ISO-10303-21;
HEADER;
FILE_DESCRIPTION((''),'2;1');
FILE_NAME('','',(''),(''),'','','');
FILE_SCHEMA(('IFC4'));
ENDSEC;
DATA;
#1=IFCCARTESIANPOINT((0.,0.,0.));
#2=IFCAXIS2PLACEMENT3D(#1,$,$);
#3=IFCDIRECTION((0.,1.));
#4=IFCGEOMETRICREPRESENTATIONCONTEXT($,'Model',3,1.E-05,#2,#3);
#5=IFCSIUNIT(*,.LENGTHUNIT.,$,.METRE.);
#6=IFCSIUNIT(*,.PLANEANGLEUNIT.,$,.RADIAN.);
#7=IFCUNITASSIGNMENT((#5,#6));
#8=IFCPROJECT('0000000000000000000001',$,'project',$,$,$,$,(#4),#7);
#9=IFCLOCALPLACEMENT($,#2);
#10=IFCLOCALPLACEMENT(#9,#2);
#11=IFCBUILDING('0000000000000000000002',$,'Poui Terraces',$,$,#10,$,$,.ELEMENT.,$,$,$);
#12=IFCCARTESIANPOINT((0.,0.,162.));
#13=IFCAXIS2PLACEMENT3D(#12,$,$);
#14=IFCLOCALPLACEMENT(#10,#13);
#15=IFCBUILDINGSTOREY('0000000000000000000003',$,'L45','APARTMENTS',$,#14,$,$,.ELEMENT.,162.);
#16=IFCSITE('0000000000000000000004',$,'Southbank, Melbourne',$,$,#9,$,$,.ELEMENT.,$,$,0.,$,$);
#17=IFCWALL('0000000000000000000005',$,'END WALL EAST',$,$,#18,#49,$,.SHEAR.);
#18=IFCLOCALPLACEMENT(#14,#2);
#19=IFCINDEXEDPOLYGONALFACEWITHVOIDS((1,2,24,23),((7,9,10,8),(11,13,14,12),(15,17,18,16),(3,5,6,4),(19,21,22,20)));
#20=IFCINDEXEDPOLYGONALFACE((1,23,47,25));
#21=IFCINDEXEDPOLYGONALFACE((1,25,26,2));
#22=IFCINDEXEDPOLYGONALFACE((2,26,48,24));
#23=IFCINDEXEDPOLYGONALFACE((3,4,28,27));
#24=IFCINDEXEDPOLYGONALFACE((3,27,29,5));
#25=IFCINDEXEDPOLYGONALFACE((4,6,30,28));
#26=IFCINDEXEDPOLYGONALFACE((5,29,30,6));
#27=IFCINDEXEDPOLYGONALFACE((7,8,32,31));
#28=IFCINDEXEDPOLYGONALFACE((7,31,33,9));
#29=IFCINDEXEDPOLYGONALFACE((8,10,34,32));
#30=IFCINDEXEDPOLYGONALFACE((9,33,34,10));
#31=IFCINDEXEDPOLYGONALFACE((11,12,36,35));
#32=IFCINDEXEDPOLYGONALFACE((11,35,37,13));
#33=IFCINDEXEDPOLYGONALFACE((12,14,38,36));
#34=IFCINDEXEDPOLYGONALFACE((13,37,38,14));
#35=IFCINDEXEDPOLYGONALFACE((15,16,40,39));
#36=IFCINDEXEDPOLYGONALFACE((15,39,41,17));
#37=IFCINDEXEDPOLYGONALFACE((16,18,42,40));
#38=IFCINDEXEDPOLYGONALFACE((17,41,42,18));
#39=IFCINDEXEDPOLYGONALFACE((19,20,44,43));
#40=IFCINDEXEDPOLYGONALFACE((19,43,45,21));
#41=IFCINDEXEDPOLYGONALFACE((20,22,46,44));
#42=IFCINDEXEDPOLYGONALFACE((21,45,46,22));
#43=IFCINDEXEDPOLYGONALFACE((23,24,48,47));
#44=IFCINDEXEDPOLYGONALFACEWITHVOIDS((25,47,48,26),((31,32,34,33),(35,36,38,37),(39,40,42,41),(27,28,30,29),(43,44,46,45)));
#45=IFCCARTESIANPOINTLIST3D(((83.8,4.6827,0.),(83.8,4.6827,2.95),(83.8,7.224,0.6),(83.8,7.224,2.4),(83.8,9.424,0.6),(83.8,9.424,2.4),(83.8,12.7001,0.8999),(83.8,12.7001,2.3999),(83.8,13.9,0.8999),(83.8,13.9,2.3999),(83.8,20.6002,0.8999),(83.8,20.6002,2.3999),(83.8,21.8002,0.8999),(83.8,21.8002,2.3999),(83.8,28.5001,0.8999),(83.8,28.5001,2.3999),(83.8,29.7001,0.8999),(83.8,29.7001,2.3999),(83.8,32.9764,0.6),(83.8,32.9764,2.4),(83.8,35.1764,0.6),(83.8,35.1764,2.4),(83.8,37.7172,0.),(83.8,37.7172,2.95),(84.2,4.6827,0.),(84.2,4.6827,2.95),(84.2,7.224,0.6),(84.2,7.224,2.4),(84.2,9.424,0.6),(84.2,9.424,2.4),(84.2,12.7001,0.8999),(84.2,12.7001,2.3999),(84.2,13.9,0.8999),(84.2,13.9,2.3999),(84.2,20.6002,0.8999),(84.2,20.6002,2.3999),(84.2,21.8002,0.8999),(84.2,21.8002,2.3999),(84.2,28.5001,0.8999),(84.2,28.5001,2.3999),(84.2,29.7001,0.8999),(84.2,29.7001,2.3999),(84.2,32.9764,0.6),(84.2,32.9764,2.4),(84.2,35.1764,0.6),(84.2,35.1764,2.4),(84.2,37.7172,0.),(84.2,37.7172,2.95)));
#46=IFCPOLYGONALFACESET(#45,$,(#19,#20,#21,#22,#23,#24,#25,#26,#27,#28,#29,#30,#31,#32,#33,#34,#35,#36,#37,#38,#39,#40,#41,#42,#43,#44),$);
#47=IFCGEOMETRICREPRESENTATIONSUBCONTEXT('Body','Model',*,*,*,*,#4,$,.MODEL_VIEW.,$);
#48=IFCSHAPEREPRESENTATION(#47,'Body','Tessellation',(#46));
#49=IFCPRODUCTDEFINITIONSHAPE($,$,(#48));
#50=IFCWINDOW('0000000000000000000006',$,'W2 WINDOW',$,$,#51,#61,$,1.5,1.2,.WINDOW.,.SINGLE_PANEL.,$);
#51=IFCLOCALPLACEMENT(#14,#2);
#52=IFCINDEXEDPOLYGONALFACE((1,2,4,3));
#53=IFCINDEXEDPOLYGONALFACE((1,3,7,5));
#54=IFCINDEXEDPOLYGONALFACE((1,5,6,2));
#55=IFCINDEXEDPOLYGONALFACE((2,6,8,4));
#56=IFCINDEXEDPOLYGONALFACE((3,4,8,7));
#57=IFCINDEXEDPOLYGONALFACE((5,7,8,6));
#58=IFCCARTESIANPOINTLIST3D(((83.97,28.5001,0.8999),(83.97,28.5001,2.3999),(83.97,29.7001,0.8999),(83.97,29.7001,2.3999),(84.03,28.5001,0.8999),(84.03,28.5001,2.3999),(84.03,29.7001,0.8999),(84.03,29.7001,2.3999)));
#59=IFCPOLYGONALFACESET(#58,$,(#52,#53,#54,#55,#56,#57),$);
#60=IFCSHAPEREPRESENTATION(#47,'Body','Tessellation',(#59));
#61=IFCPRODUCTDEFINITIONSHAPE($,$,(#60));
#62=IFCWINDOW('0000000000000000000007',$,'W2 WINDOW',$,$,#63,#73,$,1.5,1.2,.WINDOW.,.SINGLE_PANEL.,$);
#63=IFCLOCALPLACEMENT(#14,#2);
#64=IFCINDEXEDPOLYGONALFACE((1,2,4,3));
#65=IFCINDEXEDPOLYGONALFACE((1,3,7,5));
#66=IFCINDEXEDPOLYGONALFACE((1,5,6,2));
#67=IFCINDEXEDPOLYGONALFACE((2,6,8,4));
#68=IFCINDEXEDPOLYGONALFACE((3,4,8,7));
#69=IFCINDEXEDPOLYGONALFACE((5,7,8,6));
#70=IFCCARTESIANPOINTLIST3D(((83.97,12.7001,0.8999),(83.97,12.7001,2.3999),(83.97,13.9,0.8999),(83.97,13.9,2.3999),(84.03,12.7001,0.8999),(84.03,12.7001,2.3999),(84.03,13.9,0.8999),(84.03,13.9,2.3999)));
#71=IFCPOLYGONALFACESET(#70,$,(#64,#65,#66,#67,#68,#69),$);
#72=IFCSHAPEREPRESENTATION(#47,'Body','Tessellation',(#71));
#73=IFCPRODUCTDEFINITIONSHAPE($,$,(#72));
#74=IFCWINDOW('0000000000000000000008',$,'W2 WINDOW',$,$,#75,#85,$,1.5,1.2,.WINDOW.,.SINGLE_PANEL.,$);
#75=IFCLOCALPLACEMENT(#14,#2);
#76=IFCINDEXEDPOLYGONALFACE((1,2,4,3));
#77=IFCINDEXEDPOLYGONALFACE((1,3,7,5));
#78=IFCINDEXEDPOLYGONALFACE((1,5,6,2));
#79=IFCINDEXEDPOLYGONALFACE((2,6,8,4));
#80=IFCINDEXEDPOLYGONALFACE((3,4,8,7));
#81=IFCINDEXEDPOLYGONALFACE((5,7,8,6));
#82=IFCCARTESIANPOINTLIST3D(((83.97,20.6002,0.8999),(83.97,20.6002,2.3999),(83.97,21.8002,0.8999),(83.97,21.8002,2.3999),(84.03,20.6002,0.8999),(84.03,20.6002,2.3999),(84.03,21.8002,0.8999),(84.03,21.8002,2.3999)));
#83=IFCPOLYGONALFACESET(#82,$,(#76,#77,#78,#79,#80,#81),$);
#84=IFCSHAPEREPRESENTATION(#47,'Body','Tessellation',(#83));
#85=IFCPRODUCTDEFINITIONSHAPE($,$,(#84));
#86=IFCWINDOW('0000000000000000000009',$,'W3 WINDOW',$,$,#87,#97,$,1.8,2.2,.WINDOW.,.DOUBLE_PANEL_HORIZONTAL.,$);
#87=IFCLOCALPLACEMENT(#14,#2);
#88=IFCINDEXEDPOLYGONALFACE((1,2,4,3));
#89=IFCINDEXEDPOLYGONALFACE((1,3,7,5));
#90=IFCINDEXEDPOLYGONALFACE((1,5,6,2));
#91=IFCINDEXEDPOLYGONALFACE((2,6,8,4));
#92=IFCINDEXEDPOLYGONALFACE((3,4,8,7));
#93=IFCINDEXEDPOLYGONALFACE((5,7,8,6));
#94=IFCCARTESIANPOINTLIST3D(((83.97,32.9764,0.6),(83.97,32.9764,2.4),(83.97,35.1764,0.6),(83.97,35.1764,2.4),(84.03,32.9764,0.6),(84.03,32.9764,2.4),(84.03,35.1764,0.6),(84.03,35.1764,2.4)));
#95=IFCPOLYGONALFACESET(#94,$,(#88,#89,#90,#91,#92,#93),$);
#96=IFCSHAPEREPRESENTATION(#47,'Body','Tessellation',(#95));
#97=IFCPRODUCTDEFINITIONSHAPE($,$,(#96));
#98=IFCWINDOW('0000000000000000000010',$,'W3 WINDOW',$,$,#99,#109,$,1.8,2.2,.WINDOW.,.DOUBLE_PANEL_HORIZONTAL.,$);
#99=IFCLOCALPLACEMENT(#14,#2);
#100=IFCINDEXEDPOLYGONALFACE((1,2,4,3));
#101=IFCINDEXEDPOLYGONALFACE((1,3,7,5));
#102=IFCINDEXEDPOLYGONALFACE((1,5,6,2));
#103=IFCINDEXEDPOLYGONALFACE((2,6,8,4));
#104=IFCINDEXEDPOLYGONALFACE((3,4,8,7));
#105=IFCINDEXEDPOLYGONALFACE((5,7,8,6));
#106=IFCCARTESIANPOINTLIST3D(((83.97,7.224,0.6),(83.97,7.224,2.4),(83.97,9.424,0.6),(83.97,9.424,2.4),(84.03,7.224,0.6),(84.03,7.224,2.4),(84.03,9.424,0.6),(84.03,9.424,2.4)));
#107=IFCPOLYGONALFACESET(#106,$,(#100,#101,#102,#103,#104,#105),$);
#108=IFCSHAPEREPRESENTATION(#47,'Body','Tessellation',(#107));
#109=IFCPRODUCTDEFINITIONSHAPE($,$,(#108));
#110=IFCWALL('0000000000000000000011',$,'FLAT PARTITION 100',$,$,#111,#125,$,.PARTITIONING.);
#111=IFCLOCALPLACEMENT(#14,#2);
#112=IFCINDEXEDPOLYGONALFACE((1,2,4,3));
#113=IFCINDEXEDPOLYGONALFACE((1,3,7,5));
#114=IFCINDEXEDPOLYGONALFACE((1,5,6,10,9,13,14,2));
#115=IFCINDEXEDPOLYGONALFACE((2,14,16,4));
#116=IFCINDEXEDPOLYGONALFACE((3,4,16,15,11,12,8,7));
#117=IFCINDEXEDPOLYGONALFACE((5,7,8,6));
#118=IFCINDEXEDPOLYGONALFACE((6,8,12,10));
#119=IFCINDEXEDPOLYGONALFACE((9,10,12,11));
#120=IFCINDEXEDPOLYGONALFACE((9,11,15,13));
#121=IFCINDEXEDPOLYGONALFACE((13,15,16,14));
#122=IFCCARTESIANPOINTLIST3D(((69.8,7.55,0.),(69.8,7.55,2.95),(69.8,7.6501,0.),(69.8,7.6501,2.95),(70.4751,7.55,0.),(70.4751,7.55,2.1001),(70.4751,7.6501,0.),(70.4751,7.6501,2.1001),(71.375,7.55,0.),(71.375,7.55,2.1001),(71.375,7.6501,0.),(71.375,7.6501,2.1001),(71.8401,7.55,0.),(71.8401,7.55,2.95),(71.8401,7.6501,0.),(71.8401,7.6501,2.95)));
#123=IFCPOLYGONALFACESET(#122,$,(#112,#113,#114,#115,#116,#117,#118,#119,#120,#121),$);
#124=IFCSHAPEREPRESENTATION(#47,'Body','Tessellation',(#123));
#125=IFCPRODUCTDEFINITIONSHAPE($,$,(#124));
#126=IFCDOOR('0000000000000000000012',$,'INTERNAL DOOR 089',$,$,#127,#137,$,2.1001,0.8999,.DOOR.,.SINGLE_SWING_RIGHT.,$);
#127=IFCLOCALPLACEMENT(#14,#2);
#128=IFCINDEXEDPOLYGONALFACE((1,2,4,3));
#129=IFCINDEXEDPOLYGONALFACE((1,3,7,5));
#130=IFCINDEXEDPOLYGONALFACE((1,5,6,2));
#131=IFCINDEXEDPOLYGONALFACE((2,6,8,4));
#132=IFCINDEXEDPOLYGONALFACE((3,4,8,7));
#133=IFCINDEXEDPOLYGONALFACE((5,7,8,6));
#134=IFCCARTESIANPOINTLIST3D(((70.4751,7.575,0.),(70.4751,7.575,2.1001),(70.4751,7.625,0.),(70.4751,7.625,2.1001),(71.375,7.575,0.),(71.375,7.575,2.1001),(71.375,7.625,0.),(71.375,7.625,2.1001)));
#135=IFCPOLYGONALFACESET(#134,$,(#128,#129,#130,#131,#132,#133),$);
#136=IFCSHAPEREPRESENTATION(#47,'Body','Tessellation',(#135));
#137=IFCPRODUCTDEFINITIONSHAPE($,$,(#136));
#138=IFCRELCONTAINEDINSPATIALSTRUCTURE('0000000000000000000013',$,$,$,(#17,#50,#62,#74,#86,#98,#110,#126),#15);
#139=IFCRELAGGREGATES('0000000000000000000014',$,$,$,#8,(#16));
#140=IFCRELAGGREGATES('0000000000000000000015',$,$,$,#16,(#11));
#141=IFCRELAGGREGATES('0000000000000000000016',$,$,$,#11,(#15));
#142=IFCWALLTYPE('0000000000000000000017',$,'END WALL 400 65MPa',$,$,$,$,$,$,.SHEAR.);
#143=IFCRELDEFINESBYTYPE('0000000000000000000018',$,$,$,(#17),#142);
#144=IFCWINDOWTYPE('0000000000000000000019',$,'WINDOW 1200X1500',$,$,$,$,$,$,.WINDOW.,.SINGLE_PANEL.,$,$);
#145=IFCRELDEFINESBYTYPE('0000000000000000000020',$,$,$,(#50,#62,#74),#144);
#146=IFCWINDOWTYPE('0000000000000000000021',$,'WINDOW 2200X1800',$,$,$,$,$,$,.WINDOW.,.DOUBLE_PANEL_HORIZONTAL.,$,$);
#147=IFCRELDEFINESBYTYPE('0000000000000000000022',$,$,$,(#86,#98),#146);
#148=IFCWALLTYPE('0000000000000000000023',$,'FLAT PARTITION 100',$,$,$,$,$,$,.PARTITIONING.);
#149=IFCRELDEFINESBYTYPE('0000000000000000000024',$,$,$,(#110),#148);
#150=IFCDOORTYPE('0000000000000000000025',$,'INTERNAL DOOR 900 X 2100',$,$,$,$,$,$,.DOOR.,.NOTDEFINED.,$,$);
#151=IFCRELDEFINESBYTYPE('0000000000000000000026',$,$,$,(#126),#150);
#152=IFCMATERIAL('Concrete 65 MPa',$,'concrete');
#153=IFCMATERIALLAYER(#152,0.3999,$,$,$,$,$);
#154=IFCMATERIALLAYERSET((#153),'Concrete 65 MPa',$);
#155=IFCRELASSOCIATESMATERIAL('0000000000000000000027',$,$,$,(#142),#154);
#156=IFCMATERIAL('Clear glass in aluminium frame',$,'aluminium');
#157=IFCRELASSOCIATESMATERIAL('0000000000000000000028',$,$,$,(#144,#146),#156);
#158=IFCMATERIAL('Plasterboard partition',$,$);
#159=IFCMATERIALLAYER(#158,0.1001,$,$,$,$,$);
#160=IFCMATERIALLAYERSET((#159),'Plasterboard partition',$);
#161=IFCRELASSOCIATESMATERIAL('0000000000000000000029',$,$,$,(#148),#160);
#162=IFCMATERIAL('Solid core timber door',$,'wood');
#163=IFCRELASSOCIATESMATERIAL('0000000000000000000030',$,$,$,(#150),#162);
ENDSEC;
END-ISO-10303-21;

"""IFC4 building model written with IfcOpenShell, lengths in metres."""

from ifc_helpers import new_model, si_unit, direction, frame, frame_2d, origin, place, context, subcontext, project, spatial, rectangle, extrude, material, layer, layer_set, type_object, element, fill, save


model = new_model("IFC4")

# Units and contexts
model_context = context("Model", 3, precision=1e-05, world=origin(), true_north=direction((0.0, 1.0)))
body_context = subcontext(model_context, "Body", "Model", "MODEL_VIEW")
ifc_project = project(units=[si_unit("LENGTHUNIT", "METRE"), si_unit("PLANEANGLEUNIT", "RADIAN")], contexts=[model_context])

# Site, building, storey
site_placement = place(None, origin())
site = spatial("IfcSite", under=ifc_project, at=site_placement, Name="Southbank, Melbourne", CompositionType="ELEMENT", RefElevation=0.0)
building_placement = place(site_placement, origin())
building = spatial("IfcBuilding", under=site, at=building_placement, Name="Poui Terraces", CompositionType="ELEMENT")
storey_placement = place(building_placement, frame((0.0, 0.0, 162.0)))
storey = spatial("IfcBuildingStorey", under=building, at=storey_placement, Name="L45", Description="APARTMENTS", CompositionType="ELEMENT", Elevation=162.0)

# Shared definitions
ifc_material_1 = material(Name="Concrete 65 MPa", Category="concrete")

# Wall, openings, windows
ifc_layer_1 = layer(ifc_material_1, 0.3999)
ifc_layer_set_1 = layer_set([ifc_layer_1], Name="Concrete 65 MPa")
wall_type_1 = type_object("IfcWallType", Name="END WALL 400 65MPa", PredefinedType="SHEAR", material=ifc_layer_set_1)
wall_1_placement = place(storey_placement, frame((84.0, 4.6829, 0.0), z_axis=(0.0, 0.0, 1.0), x_axis=(0.0, 1.0, 0.0)))
wall_1 = element("IfcWall", 1, at=wall_1_placement, inside=storey, type_object=wall_type_1, Name="END WALL EAST", PredefinedType="SHEAR", context=body_context, shape_type="SweptSolid", body=[
    extrude(rectangle(XDim=33.0344, YDim=0.3999, at=frame_2d((16.5171, 0.0))), origin(), (0.0, 0.0, 1.0), 2.95),
])
opening_1_placement = place(wall_1_placement, frame((23.8171, 0.0, 0.8999)))
opening_1 = element("IfcOpeningElement", 2, at=opening_1_placement, cuts=wall_1, PredefinedType="OPENING", context=body_context, shape_type="SweptSolid", body=[
    extrude(rectangle(XDim=1.2, YDim=1.5, at=frame_2d((0.6001, 0.75))), frame((0.0, 0.21, 0.0), z_axis=(0.0, -1.0, 0.0), x_axis=(1.0, 0.0, 0.0)), (0.0, 0.0, 1.0), 0.4199),
])
opening_2_placement = place(wall_1_placement, frame((8.0171, 0.0, 0.8999)))
opening_2 = element("IfcOpeningElement", 3, at=opening_2_placement, cuts=wall_1, PredefinedType="OPENING", context=body_context, shape_type="SweptSolid", body=[
    extrude(rectangle(XDim=1.2, YDim=1.5, at=frame_2d((0.6001, 0.75))), frame((0.0, 0.21, 0.0), z_axis=(0.0, -1.0, 0.0), x_axis=(1.0, 0.0, 0.0)), (0.0, 0.0, 1.0), 0.4199),
])
opening_3_placement = place(wall_1_placement, frame((28.2935, 0.0, 0.6001)))
opening_3 = element("IfcOpeningElement", 4, at=opening_3_placement, cuts=wall_1, PredefinedType="OPENING", context=body_context, shape_type="SweptSolid", body=[
    extrude(rectangle(XDim=2.2, YDim=1.8, at=frame_2d((1.1001, 0.8999))), frame((0.0, 0.21, 0.0), z_axis=(0.0, -1.0, 0.0), x_axis=(1.0, 0.0, 0.0)), (0.0, 0.0, 1.0), 0.4199),
])
opening_4_placement = place(wall_1_placement, frame((2.541, 0.0, 0.6001)))
opening_4 = element("IfcOpeningElement", 5, at=opening_4_placement, cuts=wall_1, PredefinedType="OPENING", context=body_context, shape_type="SweptSolid", body=[
    extrude(rectangle(XDim=2.2, YDim=1.8, at=frame_2d((1.1001, 0.8999))), frame((0.0, 0.21, 0.0), z_axis=(0.0, -1.0, 0.0), x_axis=(1.0, 0.0, 0.0)), (0.0, 0.0, 1.0), 0.4199),
])
opening_5_placement = place(wall_1_placement, frame((15.9172, 0.0, 0.8999)))
opening_5 = element("IfcOpeningElement", 6, at=opening_5_placement, cuts=wall_1, PredefinedType="OPENING", context=body_context, shape_type="SweptSolid", body=[
    extrude(rectangle(XDim=1.2, YDim=1.5, at=frame_2d((0.6001, 0.75))), frame((0.0, 0.21, 0.0), z_axis=(0.0, -1.0, 0.0), x_axis=(1.0, 0.0, 0.0)), (0.0, 0.0, 1.0), 0.4199),
])
ifc_material_2 = material(Name="Clear glass in aluminium frame", Category="aluminium")
window_type_1 = type_object("IfcWindowType", Name="WINDOW 1200X1500", PartitioningType="SINGLE_PANEL", PredefinedType="WINDOW", material=ifc_material_2)
window_1_placement = place(opening_1_placement, origin())
window_1 = element("IfcWindow", 7, at=window_1_placement, inside=storey, type_object=window_type_1, Name="W2 WINDOW", OverallHeight=1.5, OverallWidth=1.2, PartitioningType="SINGLE_PANEL", PredefinedType="WINDOW", context=body_context, shape_type="SweptSolid", body=[
    extrude(rectangle(XDim=1.2, YDim=1.5, at=frame_2d((0.6001, 0.75))), frame((0.0, 0.03, 0.0), z_axis=(0.0, -1.0, 0.0), x_axis=(1.0, 0.0, 0.0)), (0.0, 0.0, 1.0), 0.0601),
])
fill(opening_1, window_1)
window_2_placement = place(opening_2_placement, origin())
window_2 = element("IfcWindow", 8, at=window_2_placement, inside=storey, type_object=window_type_1, Name="W2 WINDOW", OverallHeight=1.5, OverallWidth=1.2, PartitioningType="SINGLE_PANEL", PredefinedType="WINDOW", context=body_context, shape_type="SweptSolid", body=[
    extrude(rectangle(XDim=1.2, YDim=1.5, at=frame_2d((0.6001, 0.75))), frame((0.0, 0.03, 0.0), z_axis=(0.0, -1.0, 0.0), x_axis=(1.0, 0.0, 0.0)), (0.0, 0.0, 1.0), 0.0601),
])
fill(opening_2, window_2)
window_3_placement = place(opening_5_placement, origin())
window_3 = element("IfcWindow", 9, at=window_3_placement, inside=storey, type_object=window_type_1, Name="W2 WINDOW", OverallHeight=1.5, OverallWidth=1.2, PartitioningType="SINGLE_PANEL", PredefinedType="WINDOW", context=body_context, shape_type="SweptSolid", body=[
    extrude(rectangle(XDim=1.2, YDim=1.5, at=frame_2d((0.6001, 0.75))), frame((0.0, 0.03, 0.0), z_axis=(0.0, -1.0, 0.0), x_axis=(1.0, 0.0, 0.0)), (0.0, 0.0, 1.0), 0.0601),
])
fill(opening_5, window_3)
window_type_2 = type_object("IfcWindowType", Name="WINDOW 2200X1800", PartitioningType="DOUBLE_PANEL_HORIZONTAL", PredefinedType="WINDOW", material=ifc_material_2)
window_4_placement = place(opening_3_placement, origin())
window_4 = element("IfcWindow", 10, at=window_4_placement, inside=storey, type_object=window_type_2, Name="W3 WINDOW", OverallHeight=1.8, OverallWidth=2.2, PartitioningType="DOUBLE_PANEL_HORIZONTAL", PredefinedType="WINDOW", context=body_context, shape_type="SweptSolid", body=[
    extrude(rectangle(XDim=2.2, YDim=1.8, at=frame_2d((1.1001, 0.8999))), frame((0.0, 0.03, 0.0), z_axis=(0.0, -1.0, 0.0), x_axis=(1.0, 0.0, 0.0)), (0.0, 0.0, 1.0), 0.0601),
])
fill(opening_3, window_4)
window_5_placement = place(opening_4_placement, origin())
window_5 = element("IfcWindow", 11, at=window_5_placement, inside=storey, type_object=window_type_2, Name="W3 WINDOW", OverallHeight=1.8, OverallWidth=2.2, PartitioningType="DOUBLE_PANEL_HORIZONTAL", PredefinedType="WINDOW", context=body_context, shape_type="SweptSolid", body=[
    extrude(rectangle(XDim=2.2, YDim=1.8, at=frame_2d((1.1001, 0.8999))), frame((0.0, 0.03, 0.0), z_axis=(0.0, -1.0, 0.0), x_axis=(1.0, 0.0, 0.0)), (0.0, 0.0, 1.0), 0.0601),
])
fill(opening_4, window_5)

# Wall, opening, door
ifc_material_3 = material(Name="Plasterboard partition")
ifc_layer_2 = layer(ifc_material_3, 0.1001)
ifc_layer_set_2 = layer_set([ifc_layer_2], Name="Plasterboard partition")
wall_type_2 = type_object("IfcWallType", Name="FLAT PARTITION 100", PredefinedType="PARTITIONING", material=ifc_layer_set_2)
wall_2_placement = place(storey_placement, frame((69.8, 7.6001, 0.0), z_axis=(0.0, 0.0, 1.0), x_axis=(1.0, 0.0, 0.0)))
wall_2 = element("IfcWall", 12, at=wall_2_placement, inside=storey, type_object=wall_type_2, Name="FLAT PARTITION 100", PredefinedType="PARTITIONING", context=body_context, shape_type="SweptSolid", body=[
    extrude(rectangle(XDim=2.04, YDim=0.1001, at=frame_2d((1.02, 0.0))), origin(), (0.0, 0.0, 1.0), 2.95),
])
opening_6_placement = place(wall_2_placement, frame((0.675, 0.0, 0.0)))
opening_6 = element("IfcOpeningElement", 13, at=opening_6_placement, cuts=wall_2, PredefinedType="OPENING", context=body_context, shape_type="SweptSolid", body=[
    extrude(rectangle(XDim=0.8999, YDim=2.1001, at=frame_2d((0.45, 1.05))), frame((0.0, 0.0601, 0.0), z_axis=(0.0, -1.0, 0.0), x_axis=(1.0, 0.0, 0.0)), (0.0, 0.0, 1.0), 0.1201),
])
ifc_material_4 = material(Name="Solid core timber door", Category="wood")
door_type_1 = type_object("IfcDoorType", Name="INTERNAL DOOR 900 X 2100", OperationType="NOTDEFINED", PredefinedType="DOOR", material=ifc_material_4)
door_1_placement = place(opening_6_placement, origin())
door_1 = element("IfcDoor", 14, at=door_1_placement, inside=storey, type_object=door_type_1, Name="INTERNAL DOOR 089", OperationType="SINGLE_SWING_RIGHT", OverallHeight=2.1001, OverallWidth=0.8999, PredefinedType="DOOR", context=body_context, shape_type="SweptSolid", body=[
    extrude(rectangle(XDim=0.8999, YDim=2.1001, at=frame_2d((0.45, 1.05))), frame((0.0, 0.0249, 0.0), z_axis=(0.0, -1.0, 0.0), x_axis=(1.0, 0.0, 0.0)), (0.0, 0.0, 1.0), 0.05),
])
fill(opening_6, door_1)

save(model, "model.ifc")
